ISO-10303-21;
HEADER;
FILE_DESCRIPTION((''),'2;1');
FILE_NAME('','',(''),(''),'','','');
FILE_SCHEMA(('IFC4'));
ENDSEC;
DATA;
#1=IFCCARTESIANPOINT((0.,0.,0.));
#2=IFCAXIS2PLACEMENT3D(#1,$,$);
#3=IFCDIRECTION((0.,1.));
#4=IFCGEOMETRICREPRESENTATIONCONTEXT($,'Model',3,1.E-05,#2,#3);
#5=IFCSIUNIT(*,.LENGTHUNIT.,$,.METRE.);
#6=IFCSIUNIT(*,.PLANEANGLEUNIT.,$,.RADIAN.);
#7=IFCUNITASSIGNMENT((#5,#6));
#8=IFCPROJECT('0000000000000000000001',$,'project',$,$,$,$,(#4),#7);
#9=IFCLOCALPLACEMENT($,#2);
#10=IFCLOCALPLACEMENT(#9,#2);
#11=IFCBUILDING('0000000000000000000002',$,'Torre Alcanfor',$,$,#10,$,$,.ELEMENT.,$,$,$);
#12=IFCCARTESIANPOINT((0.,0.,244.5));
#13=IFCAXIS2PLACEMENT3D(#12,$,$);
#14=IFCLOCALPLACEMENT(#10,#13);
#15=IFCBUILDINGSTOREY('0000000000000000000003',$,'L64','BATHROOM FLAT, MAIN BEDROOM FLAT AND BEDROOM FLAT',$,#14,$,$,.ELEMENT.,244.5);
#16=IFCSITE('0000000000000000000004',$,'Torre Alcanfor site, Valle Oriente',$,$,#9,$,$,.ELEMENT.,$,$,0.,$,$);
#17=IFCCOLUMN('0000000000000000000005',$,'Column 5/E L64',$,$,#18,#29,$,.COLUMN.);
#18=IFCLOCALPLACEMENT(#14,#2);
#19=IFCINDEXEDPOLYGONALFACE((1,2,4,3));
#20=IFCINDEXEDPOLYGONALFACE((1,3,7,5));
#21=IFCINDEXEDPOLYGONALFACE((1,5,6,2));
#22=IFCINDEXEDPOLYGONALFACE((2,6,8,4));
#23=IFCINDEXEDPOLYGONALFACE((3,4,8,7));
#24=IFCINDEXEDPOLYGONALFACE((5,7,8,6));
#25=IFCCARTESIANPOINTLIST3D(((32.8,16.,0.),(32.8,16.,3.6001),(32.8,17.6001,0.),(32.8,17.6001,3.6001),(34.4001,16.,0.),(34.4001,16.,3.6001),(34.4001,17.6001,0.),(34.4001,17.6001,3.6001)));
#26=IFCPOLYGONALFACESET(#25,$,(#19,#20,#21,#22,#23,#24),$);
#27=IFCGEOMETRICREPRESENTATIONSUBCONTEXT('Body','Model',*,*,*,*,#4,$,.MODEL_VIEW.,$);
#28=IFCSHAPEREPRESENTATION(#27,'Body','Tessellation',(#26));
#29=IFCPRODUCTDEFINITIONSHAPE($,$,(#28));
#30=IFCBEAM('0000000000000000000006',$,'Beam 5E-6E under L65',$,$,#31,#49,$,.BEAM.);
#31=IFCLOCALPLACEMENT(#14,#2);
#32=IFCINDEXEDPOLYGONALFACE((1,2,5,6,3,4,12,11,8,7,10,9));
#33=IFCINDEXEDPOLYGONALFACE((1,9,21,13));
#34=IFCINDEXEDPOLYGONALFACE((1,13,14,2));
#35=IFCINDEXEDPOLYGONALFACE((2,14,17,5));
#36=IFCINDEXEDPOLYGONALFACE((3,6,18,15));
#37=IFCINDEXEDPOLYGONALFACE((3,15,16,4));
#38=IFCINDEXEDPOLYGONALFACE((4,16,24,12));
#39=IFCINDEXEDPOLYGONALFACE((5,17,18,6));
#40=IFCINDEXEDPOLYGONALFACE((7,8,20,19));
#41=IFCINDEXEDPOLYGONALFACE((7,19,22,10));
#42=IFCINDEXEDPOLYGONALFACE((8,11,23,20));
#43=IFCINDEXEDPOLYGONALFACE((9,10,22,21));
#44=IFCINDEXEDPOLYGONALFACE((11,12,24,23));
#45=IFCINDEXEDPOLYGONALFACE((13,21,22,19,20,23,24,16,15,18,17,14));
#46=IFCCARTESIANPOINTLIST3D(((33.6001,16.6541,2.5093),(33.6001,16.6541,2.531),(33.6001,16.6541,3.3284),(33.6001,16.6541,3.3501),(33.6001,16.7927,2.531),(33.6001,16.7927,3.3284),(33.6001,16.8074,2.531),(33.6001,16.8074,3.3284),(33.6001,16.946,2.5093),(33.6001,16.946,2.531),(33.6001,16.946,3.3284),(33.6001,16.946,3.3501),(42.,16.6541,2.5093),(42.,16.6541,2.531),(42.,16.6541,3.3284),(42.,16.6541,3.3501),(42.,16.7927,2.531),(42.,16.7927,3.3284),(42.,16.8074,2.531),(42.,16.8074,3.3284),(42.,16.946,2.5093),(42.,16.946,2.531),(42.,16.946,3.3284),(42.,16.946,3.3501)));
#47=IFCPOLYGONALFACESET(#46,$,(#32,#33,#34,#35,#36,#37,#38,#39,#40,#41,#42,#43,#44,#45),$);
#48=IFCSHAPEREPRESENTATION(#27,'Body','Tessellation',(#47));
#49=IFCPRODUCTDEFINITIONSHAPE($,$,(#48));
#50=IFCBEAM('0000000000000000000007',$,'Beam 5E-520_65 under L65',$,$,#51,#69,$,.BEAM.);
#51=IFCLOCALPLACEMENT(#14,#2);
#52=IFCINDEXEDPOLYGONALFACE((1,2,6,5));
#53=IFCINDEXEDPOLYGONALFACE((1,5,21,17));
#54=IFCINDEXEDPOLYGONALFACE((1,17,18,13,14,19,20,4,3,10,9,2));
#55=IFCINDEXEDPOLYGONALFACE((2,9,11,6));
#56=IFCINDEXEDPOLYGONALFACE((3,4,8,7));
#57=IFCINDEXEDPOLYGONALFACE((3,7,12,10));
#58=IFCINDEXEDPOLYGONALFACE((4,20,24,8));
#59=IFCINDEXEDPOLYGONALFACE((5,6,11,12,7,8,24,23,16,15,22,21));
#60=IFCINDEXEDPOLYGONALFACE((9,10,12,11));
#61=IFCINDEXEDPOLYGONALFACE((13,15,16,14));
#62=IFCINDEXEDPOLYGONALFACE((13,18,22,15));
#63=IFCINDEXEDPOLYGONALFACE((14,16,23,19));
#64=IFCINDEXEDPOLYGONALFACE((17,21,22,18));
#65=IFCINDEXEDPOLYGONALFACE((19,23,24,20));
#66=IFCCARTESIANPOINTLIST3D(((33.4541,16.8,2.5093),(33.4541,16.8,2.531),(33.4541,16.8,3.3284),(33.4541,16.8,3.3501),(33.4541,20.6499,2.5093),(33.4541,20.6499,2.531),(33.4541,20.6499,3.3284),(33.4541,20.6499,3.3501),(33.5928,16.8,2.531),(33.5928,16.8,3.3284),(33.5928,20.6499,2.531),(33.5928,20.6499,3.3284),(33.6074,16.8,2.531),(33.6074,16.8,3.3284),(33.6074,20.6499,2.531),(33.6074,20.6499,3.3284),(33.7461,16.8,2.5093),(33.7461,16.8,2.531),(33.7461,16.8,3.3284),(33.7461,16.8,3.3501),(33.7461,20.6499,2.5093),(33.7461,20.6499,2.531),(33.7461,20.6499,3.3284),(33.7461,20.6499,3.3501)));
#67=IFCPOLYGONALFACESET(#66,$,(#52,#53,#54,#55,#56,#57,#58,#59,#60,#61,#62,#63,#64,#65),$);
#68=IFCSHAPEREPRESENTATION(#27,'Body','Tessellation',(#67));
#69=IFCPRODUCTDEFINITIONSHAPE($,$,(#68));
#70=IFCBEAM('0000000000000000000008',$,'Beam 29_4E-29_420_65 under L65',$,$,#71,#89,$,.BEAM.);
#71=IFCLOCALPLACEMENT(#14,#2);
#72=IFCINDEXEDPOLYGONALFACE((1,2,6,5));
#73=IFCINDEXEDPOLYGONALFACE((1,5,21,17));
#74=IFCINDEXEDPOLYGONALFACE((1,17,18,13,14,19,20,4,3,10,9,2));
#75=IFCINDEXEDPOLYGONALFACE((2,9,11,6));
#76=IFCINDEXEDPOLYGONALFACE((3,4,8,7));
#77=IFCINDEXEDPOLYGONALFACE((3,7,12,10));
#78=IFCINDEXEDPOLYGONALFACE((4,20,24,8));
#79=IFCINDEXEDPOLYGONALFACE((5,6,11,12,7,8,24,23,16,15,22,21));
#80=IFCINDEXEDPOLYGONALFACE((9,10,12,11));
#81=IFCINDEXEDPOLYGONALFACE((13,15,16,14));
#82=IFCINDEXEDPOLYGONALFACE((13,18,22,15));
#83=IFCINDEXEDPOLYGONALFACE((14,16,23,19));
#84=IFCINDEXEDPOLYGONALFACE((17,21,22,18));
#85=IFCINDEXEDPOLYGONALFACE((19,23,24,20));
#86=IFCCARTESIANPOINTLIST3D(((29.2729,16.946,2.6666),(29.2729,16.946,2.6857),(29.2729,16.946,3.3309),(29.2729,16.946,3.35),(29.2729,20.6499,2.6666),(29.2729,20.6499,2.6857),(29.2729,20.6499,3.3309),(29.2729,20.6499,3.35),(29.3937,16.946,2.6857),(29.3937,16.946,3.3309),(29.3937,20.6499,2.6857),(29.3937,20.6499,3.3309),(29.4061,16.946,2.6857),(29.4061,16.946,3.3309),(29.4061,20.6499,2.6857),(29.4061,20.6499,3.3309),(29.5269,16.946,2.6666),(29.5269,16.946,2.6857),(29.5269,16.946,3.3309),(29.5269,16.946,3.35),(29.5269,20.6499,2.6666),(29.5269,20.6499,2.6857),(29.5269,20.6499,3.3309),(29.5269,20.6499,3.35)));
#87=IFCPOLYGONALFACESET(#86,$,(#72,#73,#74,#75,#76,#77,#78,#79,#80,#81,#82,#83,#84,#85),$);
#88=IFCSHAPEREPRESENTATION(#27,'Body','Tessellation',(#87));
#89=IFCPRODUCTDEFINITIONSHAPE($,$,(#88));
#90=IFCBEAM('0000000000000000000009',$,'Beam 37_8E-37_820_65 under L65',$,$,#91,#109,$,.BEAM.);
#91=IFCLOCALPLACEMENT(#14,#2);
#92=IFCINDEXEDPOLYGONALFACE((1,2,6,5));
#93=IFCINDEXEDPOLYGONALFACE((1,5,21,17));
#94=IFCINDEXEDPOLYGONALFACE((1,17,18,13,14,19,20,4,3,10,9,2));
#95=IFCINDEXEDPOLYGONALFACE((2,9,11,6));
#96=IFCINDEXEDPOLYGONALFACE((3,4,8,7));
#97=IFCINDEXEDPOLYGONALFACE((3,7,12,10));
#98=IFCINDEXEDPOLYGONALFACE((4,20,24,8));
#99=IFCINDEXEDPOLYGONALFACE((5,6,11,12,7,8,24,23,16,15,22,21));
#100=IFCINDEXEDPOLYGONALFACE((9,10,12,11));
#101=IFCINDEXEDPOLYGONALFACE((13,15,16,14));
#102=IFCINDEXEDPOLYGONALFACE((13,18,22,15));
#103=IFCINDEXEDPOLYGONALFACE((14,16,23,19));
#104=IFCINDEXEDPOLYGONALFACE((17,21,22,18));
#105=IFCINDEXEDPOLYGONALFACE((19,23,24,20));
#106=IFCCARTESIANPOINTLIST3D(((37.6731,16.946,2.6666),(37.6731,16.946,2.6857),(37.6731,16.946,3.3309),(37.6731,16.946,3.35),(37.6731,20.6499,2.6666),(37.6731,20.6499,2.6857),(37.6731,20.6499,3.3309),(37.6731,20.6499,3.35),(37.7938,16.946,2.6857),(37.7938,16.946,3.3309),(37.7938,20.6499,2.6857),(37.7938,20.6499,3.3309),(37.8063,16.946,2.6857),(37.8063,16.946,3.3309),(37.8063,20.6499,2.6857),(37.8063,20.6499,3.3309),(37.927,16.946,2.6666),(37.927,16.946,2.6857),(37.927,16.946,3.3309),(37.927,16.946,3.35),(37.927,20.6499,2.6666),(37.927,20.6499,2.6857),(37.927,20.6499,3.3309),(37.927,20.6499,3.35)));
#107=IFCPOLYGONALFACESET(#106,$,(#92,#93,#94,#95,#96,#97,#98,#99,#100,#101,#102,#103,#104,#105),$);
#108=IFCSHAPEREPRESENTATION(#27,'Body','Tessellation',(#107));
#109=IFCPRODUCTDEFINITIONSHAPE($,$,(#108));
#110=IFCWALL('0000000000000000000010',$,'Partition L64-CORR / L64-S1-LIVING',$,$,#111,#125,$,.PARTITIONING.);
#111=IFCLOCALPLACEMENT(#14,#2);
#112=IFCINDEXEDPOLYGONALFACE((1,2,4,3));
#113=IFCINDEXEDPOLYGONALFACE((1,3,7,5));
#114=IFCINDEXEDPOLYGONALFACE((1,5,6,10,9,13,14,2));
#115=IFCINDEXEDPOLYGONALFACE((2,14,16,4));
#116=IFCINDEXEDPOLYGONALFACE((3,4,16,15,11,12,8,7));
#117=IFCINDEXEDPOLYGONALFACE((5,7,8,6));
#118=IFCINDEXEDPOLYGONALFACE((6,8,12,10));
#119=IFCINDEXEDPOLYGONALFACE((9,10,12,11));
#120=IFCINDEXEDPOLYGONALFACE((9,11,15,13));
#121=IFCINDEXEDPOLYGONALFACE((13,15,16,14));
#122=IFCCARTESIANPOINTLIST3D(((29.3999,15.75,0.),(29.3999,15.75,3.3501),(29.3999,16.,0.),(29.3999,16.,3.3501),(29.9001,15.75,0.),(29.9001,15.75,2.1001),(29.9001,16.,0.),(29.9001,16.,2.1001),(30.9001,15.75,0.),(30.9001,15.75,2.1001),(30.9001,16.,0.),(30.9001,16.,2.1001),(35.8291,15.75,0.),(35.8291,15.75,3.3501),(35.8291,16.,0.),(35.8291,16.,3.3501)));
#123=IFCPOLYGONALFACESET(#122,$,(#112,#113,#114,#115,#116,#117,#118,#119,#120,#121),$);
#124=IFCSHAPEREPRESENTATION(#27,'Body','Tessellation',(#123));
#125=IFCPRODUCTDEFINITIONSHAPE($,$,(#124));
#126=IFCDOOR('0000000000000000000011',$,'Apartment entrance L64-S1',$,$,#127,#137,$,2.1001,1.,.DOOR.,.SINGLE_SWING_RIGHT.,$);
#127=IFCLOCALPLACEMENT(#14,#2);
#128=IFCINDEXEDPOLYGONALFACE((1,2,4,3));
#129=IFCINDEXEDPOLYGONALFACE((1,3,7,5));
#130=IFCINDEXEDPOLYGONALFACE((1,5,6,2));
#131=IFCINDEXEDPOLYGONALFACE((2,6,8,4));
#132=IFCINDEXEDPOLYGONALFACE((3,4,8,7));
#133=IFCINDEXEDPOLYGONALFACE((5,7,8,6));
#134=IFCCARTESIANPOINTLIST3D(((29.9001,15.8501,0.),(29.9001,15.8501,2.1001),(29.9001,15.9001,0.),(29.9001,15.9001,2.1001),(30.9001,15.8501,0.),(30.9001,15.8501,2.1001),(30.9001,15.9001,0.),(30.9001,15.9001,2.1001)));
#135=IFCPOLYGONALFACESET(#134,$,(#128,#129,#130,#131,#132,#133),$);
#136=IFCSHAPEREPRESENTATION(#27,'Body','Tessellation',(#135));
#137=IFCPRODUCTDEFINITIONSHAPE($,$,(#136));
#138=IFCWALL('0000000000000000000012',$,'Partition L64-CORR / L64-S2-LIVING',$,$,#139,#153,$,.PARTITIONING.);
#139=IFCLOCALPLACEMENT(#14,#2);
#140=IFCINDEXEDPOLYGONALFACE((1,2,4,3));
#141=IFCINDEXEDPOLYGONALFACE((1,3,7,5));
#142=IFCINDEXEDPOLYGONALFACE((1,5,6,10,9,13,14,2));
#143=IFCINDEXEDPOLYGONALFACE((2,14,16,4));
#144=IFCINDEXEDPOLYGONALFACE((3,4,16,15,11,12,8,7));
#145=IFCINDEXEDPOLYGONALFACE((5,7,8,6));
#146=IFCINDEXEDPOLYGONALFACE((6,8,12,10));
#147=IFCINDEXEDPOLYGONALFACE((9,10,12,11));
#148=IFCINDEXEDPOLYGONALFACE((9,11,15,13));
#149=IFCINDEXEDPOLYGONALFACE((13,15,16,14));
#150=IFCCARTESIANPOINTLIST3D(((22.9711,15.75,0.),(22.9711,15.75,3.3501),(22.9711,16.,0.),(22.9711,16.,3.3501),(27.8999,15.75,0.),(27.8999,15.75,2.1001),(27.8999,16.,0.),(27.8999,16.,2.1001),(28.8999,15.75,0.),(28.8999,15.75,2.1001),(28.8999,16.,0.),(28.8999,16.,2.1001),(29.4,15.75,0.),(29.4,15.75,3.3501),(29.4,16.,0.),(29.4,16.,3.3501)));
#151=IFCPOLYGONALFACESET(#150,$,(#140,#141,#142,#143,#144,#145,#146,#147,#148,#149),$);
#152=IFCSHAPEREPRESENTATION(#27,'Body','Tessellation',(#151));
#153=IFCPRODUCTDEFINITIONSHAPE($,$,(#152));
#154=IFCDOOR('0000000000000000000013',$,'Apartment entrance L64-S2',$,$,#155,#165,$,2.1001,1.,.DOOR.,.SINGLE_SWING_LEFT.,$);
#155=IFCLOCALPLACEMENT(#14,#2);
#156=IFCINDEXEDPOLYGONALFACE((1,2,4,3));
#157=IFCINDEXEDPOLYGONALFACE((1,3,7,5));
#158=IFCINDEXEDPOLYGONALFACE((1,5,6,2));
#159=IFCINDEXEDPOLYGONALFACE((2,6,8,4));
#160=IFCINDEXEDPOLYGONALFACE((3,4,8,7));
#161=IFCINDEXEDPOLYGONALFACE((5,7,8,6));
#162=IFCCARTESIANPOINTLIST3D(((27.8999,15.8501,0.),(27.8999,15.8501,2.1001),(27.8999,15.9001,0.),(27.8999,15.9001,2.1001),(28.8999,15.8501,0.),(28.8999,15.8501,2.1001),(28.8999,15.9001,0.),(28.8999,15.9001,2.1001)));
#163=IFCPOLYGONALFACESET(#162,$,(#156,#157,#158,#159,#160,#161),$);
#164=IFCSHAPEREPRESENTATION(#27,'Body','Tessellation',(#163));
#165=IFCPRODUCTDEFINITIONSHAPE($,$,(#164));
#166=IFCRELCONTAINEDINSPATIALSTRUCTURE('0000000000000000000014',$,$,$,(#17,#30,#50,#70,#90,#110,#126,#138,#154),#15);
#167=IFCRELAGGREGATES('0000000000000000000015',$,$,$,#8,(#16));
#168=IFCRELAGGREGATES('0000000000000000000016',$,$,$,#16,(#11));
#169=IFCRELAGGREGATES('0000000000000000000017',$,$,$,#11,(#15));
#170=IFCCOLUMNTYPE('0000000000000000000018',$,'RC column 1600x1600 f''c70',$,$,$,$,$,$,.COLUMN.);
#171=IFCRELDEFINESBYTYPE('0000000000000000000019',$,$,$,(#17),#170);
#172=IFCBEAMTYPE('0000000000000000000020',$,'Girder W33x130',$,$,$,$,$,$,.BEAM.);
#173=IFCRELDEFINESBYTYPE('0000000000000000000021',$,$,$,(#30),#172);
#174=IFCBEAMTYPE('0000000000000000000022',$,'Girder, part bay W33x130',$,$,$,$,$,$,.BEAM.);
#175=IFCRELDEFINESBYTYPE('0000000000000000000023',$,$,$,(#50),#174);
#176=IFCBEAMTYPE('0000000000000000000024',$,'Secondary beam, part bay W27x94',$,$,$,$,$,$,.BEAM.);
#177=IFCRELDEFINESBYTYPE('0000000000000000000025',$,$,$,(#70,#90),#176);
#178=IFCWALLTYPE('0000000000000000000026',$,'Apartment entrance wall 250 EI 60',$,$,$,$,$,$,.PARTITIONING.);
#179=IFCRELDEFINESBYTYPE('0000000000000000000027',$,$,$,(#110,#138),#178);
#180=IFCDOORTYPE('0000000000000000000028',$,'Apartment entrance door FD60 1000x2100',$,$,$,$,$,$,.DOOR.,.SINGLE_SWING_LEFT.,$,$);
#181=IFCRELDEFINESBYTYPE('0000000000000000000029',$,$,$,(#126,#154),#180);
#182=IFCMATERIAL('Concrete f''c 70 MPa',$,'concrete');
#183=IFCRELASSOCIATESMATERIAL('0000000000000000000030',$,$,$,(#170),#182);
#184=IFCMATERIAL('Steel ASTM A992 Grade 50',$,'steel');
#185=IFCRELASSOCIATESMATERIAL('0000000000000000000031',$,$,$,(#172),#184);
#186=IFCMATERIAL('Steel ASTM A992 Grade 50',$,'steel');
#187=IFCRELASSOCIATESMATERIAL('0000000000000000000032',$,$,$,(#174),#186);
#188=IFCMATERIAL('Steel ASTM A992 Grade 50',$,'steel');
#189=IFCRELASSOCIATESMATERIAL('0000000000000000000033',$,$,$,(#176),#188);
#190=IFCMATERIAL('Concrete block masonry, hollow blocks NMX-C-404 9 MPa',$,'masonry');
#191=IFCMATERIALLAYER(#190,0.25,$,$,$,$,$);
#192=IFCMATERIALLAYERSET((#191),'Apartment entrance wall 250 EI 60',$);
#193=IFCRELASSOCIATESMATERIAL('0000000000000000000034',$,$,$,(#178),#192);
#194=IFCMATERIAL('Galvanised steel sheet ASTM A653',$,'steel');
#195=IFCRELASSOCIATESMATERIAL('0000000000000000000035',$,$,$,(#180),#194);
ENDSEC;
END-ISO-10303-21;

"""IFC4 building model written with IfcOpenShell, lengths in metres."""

from ifc_helpers import new_model, si_unit, direction, frame, frame_2d, origin, origin_2d, place, context, subcontext, project, spatial, rectangle, i_section, extrude, material, layer, layer_set, material_profile, profile_set, type_object, element, fill, save


model = new_model("IFC4")

# Units and contexts
model_context = context("Model", 3, precision=1e-05, world=origin(), true_north=direction((0.0, 1.0)))
body_context = subcontext(model_context, "Body", "Model", "MODEL_VIEW")
ifc_project = project(units=[si_unit("LENGTHUNIT", "METRE"), si_unit("PLANEANGLEUNIT", "RADIAN")], contexts=[model_context])

# Site, building, storey
site_placement = place(None, origin())
site = spatial("IfcSite", under=ifc_project, at=site_placement, Name="Torre Alcanfor site, Valle Oriente", CompositionType="ELEMENT", RefElevation=0.0)
building_placement = place(site_placement, origin())
building = spatial("IfcBuilding", under=site, at=building_placement, Name="Torre Alcanfor", CompositionType="ELEMENT")
storey_placement = place(building_placement, frame((0.0, 0.0, 244.5)))
storey = spatial("IfcBuildingStorey", under=building, at=storey_placement, Name="L64", Description="BATHROOM FLAT, MAIN BEDROOM FLAT AND BEDROOM FLAT", CompositionType="ELEMENT", Elevation=244.5)

# Column
ifc_material_1 = material(Name="Concrete f'c 70 MPa", Category="concrete")
ifc_material_profile_1 = material_profile(ifc_material_1, rectangle(XDim=1.6001, YDim=1.6001, at=origin_2d()), Name="1600x1600")
ifc_profile_set_1 = profile_set([ifc_material_profile_1], Name="Concrete f'c 70 MPa")
column_type = type_object("IfcColumnType", Name="RC column 1600x1600 f'c70", PredefinedType="COLUMN", material=ifc_profile_set_1)
column_placement = place(storey_placement, frame((33.6001, 16.8, 0.0), z_axis=(0.0, 0.0, 1.0), x_axis=(1.0, 0.0, 0.0)))
element("IfcColumn", 1, at=column_placement, inside=storey, type_object=column_type, Name="Column 5/E L64", PredefinedType="COLUMN", context=body_context, shape_type="SweptSolid", body=[
    extrude(rectangle(XDim=1.6001, YDim=1.6001, at=origin_2d()), origin(), (0.0, 0.0, 1.0), 3.6001),
])

# Beams
ifc_material_2 = material(Name="Steel ASTM A992 Grade 50", Category="steel")
ifc_material_profile_2 = material_profile(ifc_material_2, i_section(OverallWidth=0.292, OverallDepth=0.8408, WebThickness=0.0146, FlangeThickness=0.0217, at=origin_2d()), Name="W33x130")
ifc_profile_set_2 = profile_set([ifc_material_profile_2], Name="Steel ASTM A992 Grade 50")
beam_type_1 = type_object("IfcBeamType", Name="Girder W33x130", PredefinedType="BEAM", material=ifc_profile_set_2)
beam_1_placement = place(storey_placement, frame((33.6001, 16.8, 2.9297), z_axis=(1.0, 0.0, 0.0), x_axis=(0.0, 1.0, 0.0)))
element("IfcBeam", 2, at=beam_1_placement, inside=storey, type_object=beam_type_1, Name="Beam 5E-6E under L65", PredefinedType="BEAM", context=body_context, shape_type="SweptSolid", body=[
    extrude(i_section(OverallWidth=0.292, OverallDepth=0.8408, WebThickness=0.0146, FlangeThickness=0.0217, at=origin_2d()), origin(), (0.0, 0.0, 1.0), 8.3999),
])
ifc_material_3 = material(Name="Steel ASTM A992 Grade 50", Category="steel")
ifc_material_profile_3 = material_profile(ifc_material_3, i_section(OverallWidth=0.292, OverallDepth=0.8408, WebThickness=0.0146, FlangeThickness=0.0217, at=origin_2d()), Name="W33x130")
ifc_profile_set_3 = profile_set([ifc_material_profile_3], Name="Steel ASTM A992 Grade 50")
beam_type_2 = type_object("IfcBeamType", Name="Girder, part bay W33x130", PredefinedType="BEAM", material=ifc_profile_set_3)
beam_2_placement = place(storey_placement, frame((33.6001, 16.8, 2.9297), z_axis=(0.0, 1.0, 0.0), x_axis=(-1.0, 0.0, 0.0)))
element("IfcBeam", 3, at=beam_2_placement, inside=storey, type_object=beam_type_2, Name="Beam 5E-520_65 under L65", PredefinedType="BEAM", context=body_context, shape_type="SweptSolid", body=[
    extrude(i_section(OverallWidth=0.292, OverallDepth=0.8408, WebThickness=0.0146, FlangeThickness=0.0217, at=origin_2d()), origin(), (0.0, 0.0, 1.0), 3.8499),
])
ifc_material_4 = material(Name="Steel ASTM A992 Grade 50", Category="steel")
ifc_material_profile_4 = material_profile(ifc_material_4, i_section(OverallWidth=0.2539, OverallDepth=0.6833, WebThickness=0.0125, FlangeThickness=0.019, at=origin_2d()), Name="W27x94")
ifc_profile_set_4 = profile_set([ifc_material_profile_4], Name="Steel ASTM A992 Grade 50")
beam_type_3 = type_object("IfcBeamType", Name="Secondary beam, part bay W27x94", PredefinedType="BEAM", material=ifc_profile_set_4)
for number, where, z_axis, x_axis, name in (
    (4, (29.3999, 16.946, 3.0083), (0.0, 1.0, 0.0), (-1.0, 0.0, 0.0), "Beam 29_4E-29_420_65 under L65"),
    (5, (37.8, 16.946, 3.0083), (0.0, 1.0, 0.0), (-1.0, 0.0, 0.0), "Beam 37_8E-37_820_65 under L65"),
):
    element("IfcBeam", number, at=place(storey_placement, frame(where, z_axis=z_axis, x_axis=x_axis)), inside=storey, type_object=beam_type_3, Name=name, PredefinedType="BEAM", context=body_context, shape_type="SweptSolid", body=[
        extrude(i_section(OverallWidth=0.2539, OverallDepth=0.6833, WebThickness=0.0125, FlangeThickness=0.019, at=origin_2d()), origin(), (0.0, 0.0, 1.0), 3.7039),
    ])

# Walls, openings, doors
ifc_material_5 = material(Name="Concrete block masonry, hollow blocks NMX-C-404 9 MPa", Category="masonry")
ifc_layer_1 = layer(ifc_material_5, 0.25)
ifc_layer_set_1 = layer_set([ifc_layer_1], Name="Apartment entrance wall 250 EI 60")
wall_type_1 = type_object("IfcWallType", Name="Apartment entrance wall 250 EI 60", PredefinedType="PARTITIONING", material=ifc_layer_set_1)
wall_1_placement = place(storey_placement, frame((35.8291, 15.875, 0.0), z_axis=(0.0, 0.0, 1.0), x_axis=(-1.0, 0.0, 0.0)))
wall_1 = element("IfcWall", 6, at=wall_1_placement, inside=storey, type_object=wall_type_1, Name="Partition L64-CORR / L64-S1-LIVING", PredefinedType="PARTITIONING", context=body_context, shape_type="SweptSolid", body=[
    extrude(rectangle(XDim=6.4292, YDim=0.25, at=frame_2d((3.2146, 0.0))), origin(), (0.0, 0.0, 1.0), 3.3501),
])
opening_1_placement = place(wall_1_placement, frame((4.929, 0.0, 0.0)))
opening_1 = element("IfcOpeningElement", 7, at=opening_1_placement, cuts=wall_1, PredefinedType="OPENING", context=body_context, shape_type="SweptSolid", body=[
    extrude(rectangle(XDim=1.0, YDim=2.1001, at=frame_2d((0.5, 1.05))), frame((0.0, 0.135, 0.0), z_axis=(0.0, -1.0, 0.0), x_axis=(1.0, 0.0, 0.0)), (0.0, 0.0, 1.0), 0.27),
])
ifc_material_6 = material(Name="Galvanised steel sheet ASTM A653", Category="steel")
door_type_1 = type_object("IfcDoorType", Name="Apartment entrance door FD60 1000x2100", OperationType="SINGLE_SWING_LEFT", PredefinedType="DOOR", material=ifc_material_6)
door_1_placement = place(opening_1_placement, origin())
door_1 = element("IfcDoor", 8, at=door_1_placement, inside=storey, type_object=door_type_1, Name="Apartment entrance L64-S1", OperationType="SINGLE_SWING_RIGHT", OverallHeight=2.1001, OverallWidth=1.0, PredefinedType="DOOR", context=body_context, shape_type="SweptSolid", body=[
    extrude(rectangle(XDim=1.0, YDim=2.1001, at=frame_2d((0.5, 1.05))), frame((0.0, 0.0249, 0.0), z_axis=(0.0, -1.0, 0.0), x_axis=(1.0, 0.0, 0.0)), (0.0, 0.0, 1.0), 0.05),
])
fill(opening_1, door_1)
wall_2_placement = place(storey_placement, frame((29.3999, 15.875, 0.0), z_axis=(0.0, 0.0, 1.0), x_axis=(-1.0, 0.0, 0.0)))
wall_2 = element("IfcWall", 9, at=wall_2_placement, inside=storey, type_object=wall_type_1, Name="Partition L64-CORR / L64-S2-LIVING", PredefinedType="PARTITIONING", context=body_context, shape_type="SweptSolid", body=[
    extrude(rectangle(XDim=6.429, YDim=0.25, at=frame_2d((3.2144, 0.0))), origin(), (0.0, 0.0, 1.0), 3.3501),
])
opening_2_placement = place(wall_2_placement, frame((0.5, 0.0, 0.0)))
opening_2 = element("IfcOpeningElement", 10, at=opening_2_placement, cuts=wall_2, PredefinedType="OPENING", context=body_context, shape_type="SweptSolid", body=[
    extrude(rectangle(XDim=1.0, YDim=2.1001, at=frame_2d((0.5, 1.05))), frame((0.0, 0.135, 0.0), z_axis=(0.0, -1.0, 0.0), x_axis=(1.0, 0.0, 0.0)), (0.0, 0.0, 1.0), 0.27),
])
door_2_placement = place(opening_2_placement, origin())
door_2 = element("IfcDoor", 11, at=door_2_placement, inside=storey, type_object=door_type_1, Name="Apartment entrance L64-S2", OperationType="SINGLE_SWING_LEFT", OverallHeight=2.1001, OverallWidth=1.0, PredefinedType="DOOR", context=body_context, shape_type="SweptSolid", body=[
    extrude(rectangle(XDim=1.0, YDim=2.1001, at=frame_2d((0.5, 1.05))), frame((0.0, 0.0249, 0.0), z_axis=(0.0, -1.0, 0.0), x_axis=(1.0, 0.0, 0.0)), (0.0, 0.0, 1.0), 0.05),
])
fill(opening_2, door_2)

save(model, "model.ifc")
